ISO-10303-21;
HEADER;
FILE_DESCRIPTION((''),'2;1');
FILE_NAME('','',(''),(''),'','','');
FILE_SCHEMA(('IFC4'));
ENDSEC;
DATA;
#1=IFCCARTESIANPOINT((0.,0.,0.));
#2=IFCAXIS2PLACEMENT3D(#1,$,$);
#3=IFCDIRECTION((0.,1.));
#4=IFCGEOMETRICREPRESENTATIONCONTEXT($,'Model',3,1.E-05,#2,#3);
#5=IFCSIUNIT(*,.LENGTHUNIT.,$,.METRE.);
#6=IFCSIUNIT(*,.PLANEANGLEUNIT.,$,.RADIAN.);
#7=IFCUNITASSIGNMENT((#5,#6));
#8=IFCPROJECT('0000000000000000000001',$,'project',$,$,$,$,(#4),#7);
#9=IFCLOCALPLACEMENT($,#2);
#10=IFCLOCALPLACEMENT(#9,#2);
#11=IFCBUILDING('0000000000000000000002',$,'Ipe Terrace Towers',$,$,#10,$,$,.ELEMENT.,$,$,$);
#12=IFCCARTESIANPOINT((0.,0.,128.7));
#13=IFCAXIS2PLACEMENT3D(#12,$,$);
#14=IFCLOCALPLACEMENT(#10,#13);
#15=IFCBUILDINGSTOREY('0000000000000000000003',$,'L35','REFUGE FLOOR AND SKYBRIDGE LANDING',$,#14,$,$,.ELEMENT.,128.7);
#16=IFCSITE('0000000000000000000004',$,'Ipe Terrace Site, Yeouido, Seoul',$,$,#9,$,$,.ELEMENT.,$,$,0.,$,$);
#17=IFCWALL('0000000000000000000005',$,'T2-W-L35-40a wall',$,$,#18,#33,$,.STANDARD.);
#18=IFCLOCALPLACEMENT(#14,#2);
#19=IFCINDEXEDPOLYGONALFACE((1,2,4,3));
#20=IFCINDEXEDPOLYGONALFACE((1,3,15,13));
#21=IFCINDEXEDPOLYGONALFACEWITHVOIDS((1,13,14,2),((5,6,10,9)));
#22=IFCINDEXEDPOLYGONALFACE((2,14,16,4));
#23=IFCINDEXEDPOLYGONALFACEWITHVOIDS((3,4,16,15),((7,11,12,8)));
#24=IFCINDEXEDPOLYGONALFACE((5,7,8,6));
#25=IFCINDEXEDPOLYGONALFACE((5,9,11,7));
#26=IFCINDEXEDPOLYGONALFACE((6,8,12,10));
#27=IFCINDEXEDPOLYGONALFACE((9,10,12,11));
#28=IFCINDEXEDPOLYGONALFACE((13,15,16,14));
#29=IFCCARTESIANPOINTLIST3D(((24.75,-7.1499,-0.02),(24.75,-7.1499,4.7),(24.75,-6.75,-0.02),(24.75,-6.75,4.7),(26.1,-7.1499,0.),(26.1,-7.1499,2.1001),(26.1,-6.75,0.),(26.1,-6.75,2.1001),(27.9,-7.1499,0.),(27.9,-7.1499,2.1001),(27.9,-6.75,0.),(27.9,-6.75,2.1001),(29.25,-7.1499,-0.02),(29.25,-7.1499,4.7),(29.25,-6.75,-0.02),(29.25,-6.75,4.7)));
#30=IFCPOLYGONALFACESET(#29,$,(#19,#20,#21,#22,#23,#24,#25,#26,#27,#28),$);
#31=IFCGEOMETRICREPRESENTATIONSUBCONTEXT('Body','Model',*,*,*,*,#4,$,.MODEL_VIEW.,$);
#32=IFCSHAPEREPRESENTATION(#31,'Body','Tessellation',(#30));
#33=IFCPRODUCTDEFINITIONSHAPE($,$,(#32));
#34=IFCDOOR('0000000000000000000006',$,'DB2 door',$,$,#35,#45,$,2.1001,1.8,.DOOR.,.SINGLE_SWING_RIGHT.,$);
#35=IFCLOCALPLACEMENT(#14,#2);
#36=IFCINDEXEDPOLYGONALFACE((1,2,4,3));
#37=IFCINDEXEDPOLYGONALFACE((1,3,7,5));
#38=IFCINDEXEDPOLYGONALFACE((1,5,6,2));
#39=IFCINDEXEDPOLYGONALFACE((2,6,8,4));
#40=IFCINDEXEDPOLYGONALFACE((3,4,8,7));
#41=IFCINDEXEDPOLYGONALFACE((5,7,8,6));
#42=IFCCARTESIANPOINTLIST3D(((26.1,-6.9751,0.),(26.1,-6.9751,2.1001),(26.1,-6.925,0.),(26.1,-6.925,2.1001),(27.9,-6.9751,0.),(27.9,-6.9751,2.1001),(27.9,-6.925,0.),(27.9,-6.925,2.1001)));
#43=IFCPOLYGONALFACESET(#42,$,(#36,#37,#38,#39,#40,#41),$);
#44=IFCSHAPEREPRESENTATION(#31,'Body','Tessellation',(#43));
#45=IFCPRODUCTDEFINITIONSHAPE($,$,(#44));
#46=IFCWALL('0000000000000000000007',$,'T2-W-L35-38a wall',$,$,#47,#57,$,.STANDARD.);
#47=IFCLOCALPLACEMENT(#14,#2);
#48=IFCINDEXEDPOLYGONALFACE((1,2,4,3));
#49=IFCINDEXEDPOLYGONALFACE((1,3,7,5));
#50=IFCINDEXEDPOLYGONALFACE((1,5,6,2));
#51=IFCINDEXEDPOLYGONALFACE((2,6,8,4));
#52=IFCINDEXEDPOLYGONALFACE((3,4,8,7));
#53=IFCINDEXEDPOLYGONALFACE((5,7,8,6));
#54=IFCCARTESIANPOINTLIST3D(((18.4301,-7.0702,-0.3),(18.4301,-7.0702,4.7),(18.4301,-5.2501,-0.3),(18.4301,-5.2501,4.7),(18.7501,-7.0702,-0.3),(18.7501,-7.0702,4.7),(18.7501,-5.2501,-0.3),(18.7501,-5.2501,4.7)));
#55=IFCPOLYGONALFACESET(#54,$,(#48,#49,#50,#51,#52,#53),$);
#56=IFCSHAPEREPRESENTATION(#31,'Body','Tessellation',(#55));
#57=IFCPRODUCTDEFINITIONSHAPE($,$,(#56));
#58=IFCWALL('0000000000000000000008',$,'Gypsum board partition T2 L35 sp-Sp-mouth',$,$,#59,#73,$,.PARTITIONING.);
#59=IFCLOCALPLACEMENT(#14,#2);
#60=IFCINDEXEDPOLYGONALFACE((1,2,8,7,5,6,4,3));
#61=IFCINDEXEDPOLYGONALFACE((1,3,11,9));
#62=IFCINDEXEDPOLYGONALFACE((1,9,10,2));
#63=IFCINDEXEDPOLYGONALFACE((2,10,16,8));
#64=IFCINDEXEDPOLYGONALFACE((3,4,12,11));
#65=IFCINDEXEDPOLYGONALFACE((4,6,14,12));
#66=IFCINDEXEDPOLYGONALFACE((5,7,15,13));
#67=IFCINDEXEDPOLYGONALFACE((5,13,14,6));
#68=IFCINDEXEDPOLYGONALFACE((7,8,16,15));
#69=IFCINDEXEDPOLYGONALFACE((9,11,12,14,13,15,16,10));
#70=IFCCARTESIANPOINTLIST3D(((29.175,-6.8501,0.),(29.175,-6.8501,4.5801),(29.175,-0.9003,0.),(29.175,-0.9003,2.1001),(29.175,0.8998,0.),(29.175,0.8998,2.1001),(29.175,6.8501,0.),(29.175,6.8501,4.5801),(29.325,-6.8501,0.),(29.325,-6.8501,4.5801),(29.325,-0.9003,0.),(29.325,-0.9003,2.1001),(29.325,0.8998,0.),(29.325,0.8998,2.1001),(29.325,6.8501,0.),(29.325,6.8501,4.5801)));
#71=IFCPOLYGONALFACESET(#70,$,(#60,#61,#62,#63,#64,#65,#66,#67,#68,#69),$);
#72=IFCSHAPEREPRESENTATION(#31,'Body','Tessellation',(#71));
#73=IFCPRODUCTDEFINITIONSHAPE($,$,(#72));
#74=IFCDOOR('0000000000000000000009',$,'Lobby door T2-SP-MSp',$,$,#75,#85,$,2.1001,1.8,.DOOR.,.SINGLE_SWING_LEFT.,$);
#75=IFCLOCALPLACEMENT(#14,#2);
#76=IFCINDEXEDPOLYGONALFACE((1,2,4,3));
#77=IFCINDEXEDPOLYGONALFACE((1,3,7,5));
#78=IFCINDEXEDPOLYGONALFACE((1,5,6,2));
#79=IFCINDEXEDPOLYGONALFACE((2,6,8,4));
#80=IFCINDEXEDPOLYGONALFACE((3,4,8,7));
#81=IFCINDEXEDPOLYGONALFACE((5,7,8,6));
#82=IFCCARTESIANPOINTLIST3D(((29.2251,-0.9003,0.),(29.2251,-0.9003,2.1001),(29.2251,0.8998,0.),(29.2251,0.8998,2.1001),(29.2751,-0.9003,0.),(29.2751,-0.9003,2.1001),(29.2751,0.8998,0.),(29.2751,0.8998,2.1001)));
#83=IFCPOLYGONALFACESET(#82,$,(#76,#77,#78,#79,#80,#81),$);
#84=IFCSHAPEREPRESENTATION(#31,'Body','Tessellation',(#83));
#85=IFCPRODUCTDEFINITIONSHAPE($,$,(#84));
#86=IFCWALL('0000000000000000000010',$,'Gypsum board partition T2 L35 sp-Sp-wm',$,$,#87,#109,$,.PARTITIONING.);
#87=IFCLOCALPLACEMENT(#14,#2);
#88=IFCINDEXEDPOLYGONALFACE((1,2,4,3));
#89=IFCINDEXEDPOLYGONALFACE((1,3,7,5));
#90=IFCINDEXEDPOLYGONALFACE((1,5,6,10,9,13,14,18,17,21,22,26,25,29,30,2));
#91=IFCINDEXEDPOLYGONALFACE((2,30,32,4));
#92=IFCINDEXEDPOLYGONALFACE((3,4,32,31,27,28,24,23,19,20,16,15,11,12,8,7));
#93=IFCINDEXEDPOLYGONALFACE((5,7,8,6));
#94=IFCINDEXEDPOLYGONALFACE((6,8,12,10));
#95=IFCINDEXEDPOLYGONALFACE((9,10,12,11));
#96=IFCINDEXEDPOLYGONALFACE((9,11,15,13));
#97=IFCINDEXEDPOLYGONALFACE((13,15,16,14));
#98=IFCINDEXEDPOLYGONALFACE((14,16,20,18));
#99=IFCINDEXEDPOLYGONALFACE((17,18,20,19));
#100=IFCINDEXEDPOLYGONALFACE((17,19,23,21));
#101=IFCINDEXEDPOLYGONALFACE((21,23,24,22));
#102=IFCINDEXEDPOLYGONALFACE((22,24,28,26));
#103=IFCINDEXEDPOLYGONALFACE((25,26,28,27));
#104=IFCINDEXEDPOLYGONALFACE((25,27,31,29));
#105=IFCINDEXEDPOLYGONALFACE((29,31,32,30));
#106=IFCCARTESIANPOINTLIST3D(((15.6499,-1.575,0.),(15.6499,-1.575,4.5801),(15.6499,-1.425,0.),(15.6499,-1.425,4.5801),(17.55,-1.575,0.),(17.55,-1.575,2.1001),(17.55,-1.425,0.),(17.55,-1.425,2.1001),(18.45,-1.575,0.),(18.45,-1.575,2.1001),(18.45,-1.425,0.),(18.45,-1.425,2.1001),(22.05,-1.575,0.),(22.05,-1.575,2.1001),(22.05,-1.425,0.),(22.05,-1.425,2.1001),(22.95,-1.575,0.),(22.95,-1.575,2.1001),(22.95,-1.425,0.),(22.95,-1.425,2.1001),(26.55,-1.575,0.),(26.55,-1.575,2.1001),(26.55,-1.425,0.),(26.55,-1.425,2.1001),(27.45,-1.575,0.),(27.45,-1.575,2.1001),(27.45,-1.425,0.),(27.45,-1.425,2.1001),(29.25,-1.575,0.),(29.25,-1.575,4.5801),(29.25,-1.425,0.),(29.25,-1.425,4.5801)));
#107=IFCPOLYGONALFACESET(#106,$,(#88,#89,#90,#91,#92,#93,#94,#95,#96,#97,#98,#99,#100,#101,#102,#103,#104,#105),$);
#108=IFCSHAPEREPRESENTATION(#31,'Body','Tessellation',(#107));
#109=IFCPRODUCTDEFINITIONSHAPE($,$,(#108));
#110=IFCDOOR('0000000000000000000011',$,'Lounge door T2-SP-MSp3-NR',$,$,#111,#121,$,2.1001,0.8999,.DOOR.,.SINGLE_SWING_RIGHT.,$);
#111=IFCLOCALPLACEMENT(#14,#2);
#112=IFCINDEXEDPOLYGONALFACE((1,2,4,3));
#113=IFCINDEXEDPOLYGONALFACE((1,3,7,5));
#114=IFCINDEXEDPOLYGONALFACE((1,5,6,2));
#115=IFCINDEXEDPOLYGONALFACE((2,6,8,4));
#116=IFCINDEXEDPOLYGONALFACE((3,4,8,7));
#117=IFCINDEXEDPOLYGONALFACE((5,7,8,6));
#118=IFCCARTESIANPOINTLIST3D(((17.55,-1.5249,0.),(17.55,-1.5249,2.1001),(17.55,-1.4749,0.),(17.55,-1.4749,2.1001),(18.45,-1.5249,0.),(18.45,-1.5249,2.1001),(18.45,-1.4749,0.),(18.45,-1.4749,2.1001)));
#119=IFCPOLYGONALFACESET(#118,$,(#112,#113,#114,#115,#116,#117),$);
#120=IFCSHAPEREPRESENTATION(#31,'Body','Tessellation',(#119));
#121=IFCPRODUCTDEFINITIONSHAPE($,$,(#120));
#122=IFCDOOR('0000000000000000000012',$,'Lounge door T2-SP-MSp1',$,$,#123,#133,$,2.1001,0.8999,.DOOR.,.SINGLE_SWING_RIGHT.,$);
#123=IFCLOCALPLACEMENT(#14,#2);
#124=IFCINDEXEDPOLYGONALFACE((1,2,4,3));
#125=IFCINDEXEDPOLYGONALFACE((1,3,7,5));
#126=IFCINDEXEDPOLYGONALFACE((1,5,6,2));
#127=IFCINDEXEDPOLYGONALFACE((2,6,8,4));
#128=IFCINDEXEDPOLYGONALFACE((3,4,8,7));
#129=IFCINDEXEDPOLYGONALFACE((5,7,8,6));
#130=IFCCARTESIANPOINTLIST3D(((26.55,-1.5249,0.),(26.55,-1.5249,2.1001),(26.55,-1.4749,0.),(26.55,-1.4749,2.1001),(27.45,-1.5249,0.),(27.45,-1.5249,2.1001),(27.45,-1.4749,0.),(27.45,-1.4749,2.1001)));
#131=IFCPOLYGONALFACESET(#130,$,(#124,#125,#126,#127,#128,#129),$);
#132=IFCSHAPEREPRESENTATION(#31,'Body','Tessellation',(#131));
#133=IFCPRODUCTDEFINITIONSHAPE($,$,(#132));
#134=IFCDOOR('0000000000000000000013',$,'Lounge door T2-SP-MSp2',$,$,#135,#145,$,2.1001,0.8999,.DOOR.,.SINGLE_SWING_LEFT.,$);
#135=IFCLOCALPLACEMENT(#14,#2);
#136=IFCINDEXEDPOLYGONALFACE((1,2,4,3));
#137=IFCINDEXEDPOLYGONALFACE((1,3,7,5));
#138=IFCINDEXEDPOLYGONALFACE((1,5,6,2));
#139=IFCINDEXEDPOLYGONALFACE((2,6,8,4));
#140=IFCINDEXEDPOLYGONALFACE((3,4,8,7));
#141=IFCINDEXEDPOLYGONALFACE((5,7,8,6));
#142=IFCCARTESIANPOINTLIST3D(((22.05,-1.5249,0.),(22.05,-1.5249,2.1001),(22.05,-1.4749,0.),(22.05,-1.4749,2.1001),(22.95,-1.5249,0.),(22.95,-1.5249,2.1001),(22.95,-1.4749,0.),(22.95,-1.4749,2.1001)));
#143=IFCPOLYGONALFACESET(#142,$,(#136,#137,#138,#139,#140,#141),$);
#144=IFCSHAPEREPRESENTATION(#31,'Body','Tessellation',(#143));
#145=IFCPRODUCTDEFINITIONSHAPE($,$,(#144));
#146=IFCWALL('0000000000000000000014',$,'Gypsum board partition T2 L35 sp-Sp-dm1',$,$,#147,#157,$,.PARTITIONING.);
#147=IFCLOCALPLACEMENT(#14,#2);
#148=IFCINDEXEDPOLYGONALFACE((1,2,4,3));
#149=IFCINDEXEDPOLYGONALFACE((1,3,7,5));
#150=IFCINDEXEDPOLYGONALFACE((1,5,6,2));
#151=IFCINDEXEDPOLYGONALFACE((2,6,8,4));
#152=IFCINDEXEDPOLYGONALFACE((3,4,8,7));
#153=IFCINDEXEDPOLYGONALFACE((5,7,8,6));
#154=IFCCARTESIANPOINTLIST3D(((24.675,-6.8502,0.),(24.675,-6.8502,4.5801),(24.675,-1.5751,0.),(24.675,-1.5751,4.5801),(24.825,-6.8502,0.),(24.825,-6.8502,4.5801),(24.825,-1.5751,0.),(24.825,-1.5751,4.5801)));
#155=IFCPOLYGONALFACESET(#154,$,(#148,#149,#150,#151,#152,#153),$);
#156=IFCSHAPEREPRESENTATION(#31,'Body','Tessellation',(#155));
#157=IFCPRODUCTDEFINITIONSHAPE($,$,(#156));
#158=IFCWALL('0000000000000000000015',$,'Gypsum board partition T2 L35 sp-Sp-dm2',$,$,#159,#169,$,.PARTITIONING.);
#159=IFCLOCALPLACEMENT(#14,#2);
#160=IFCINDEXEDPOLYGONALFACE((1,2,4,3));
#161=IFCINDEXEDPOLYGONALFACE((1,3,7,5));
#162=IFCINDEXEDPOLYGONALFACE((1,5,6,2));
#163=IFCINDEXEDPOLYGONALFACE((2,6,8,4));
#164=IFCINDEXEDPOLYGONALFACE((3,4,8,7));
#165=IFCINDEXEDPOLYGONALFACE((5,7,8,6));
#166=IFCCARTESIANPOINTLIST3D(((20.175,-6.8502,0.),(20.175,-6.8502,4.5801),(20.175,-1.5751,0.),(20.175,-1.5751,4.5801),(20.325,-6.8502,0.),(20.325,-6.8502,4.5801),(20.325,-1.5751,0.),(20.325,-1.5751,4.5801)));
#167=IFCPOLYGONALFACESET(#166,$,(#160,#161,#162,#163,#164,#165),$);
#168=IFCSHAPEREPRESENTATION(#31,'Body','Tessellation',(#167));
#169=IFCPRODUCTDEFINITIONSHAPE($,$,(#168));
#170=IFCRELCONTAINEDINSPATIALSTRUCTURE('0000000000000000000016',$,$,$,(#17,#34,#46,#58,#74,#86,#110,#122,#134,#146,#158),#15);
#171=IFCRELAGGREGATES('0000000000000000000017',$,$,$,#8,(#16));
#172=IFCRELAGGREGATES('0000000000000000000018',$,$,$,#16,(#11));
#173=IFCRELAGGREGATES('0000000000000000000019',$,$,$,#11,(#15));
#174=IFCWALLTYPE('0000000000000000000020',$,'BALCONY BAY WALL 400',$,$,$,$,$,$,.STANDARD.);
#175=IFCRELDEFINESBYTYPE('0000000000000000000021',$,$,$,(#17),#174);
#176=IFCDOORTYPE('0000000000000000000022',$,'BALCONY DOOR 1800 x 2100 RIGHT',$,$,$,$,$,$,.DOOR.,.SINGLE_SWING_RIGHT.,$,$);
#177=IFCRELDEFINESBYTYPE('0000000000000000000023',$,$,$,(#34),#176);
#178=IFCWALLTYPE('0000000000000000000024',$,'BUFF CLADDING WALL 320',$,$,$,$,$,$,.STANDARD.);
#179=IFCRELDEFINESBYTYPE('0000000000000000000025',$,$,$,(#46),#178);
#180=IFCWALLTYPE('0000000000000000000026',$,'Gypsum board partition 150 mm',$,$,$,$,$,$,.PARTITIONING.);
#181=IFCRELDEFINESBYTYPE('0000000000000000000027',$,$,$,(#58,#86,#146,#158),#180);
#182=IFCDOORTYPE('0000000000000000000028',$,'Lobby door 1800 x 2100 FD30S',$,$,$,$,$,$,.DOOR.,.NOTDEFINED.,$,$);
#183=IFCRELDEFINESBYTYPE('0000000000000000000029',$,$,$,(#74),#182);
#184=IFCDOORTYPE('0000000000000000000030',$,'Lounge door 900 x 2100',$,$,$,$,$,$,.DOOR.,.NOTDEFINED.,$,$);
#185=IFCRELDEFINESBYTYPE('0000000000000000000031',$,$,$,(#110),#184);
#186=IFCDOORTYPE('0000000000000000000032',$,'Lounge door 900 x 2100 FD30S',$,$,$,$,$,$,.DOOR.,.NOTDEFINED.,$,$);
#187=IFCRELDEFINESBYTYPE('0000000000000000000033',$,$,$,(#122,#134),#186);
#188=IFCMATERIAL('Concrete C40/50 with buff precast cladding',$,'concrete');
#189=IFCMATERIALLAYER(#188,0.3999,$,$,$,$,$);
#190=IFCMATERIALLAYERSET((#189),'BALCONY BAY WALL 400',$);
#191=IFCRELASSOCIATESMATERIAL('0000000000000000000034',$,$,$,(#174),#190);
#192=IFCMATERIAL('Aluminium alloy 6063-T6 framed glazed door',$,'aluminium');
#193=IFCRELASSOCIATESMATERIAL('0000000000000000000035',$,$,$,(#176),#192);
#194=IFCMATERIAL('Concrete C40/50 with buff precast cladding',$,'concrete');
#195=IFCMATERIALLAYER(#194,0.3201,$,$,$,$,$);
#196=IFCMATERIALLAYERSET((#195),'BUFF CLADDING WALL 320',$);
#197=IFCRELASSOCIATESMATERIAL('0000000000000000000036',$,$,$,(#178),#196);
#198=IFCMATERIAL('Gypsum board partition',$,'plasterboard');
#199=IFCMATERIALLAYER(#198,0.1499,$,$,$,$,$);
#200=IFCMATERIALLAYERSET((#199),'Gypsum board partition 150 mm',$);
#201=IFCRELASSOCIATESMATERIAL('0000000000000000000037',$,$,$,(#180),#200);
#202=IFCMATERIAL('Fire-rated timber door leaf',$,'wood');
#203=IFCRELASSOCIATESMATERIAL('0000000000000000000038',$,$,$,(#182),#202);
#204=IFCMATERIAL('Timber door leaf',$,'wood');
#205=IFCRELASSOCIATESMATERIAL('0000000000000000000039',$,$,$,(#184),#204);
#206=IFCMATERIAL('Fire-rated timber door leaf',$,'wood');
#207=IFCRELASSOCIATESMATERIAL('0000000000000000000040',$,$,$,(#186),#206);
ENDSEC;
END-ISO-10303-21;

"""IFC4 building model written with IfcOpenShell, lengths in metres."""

from ifc_helpers import new_model, si_unit, direction, frame, frame_2d, origin, place, context, subcontext, project, spatial, rectangle, extrude, material, layer, layer_set, type_object, element, fill, save


model = new_model("IFC4")

# Units and contexts
model_context = context("Model", 3, precision=1e-05, world=origin(), true_north=direction((0.0, 1.0)))
body_context = subcontext(model_context, "Body", "Model", "MODEL_VIEW")
ifc_project = project(units=[si_unit("LENGTHUNIT", "METRE"), si_unit("PLANEANGLEUNIT", "RADIAN")], contexts=[model_context])

# Site, building, storey
site_placement = place(None, origin())
site = spatial("IfcSite", under=ifc_project, at=site_placement, Name="Ipe Terrace Site, Yeouido, Seoul", CompositionType="ELEMENT", RefElevation=0.0)
building_placement = place(site_placement, origin())
building = spatial("IfcBuilding", under=site, at=building_placement, Name="Ipe Terrace Towers", CompositionType="ELEMENT")
storey_placement = place(building_placement, frame((0.0, 0.0, 128.7)))
storey = spatial("IfcBuildingStorey", under=building, at=storey_placement, Name="L35", Description="REFUGE FLOOR AND SKYBRIDGE LANDING", CompositionType="ELEMENT", Elevation=128.7)

# Wall, opening, door
ifc_material_1 = material(Name="Concrete C40/50 with buff precast cladding", Category="concrete")
ifc_layer_1 = layer(ifc_material_1, 0.3999)
ifc_layer_set_1 = layer_set([ifc_layer_1], Name="BALCONY BAY WALL 400")
wall_type_1 = type_object("IfcWallType", Name="BALCONY BAY WALL 400", PredefinedType="STANDARD", material=ifc_layer_set_1)
wall_1_placement = place(storey_placement, frame((24.75, -6.95, -0.02), z_axis=(0.0, 0.0, 1.0), x_axis=(1.0, 0.0, 0.0)))
wall_1 = element("IfcWall", 1, at=wall_1_placement, inside=storey, type_object=wall_type_1, Name="T2-W-L35-40a wall", PredefinedType="STANDARD", context=body_context, shape_type="SweptSolid", body=[
    extrude(rectangle(XDim=4.5, YDim=0.3999, at=frame_2d((2.25, 0.0))), origin(), (0.0, 0.0, 1.0), 4.72),
])
opening_1_placement = place(wall_1_placement, frame((1.3501, 0.0, 0.02)))
opening_1 = element("IfcOpeningElement", 2, at=opening_1_placement, cuts=wall_1, PredefinedType="OPENING", context=body_context, shape_type="SweptSolid", body=[
    extrude(rectangle(XDim=1.8, YDim=2.1001, at=frame_2d((0.8999, 1.05))), frame((0.0, 0.21, 0.0), z_axis=(0.0, -1.0, 0.0), x_axis=(1.0, 0.0, 0.0)), (0.0, 0.0, 1.0), 0.4199),
])
ifc_material_2 = material(Name="Aluminium alloy 6063-T6 framed glazed door", Category="aluminium")
door_type_1 = type_object("IfcDoorType", Name="BALCONY DOOR 1800 x 2100 RIGHT", OperationType="SINGLE_SWING_RIGHT", PredefinedType="DOOR", material=ifc_material_2)
door_1_placement = place(opening_1_placement, origin())
door_1 = element("IfcDoor", 3, at=door_1_placement, inside=storey, type_object=door_type_1, Name="DB2 door", OperationType="SINGLE_SWING_RIGHT", OverallHeight=2.1001, OverallWidth=1.8, PredefinedType="DOOR", context=body_context, shape_type="SweptSolid", body=[
    extrude(rectangle(XDim=1.8, YDim=2.1001, at=frame_2d((0.8999, 1.05))), frame((0.0, 0.0249, 0.0), z_axis=(0.0, -1.0, 0.0), x_axis=(1.0, 0.0, 0.0)), (0.0, 0.0, 1.0), 0.05),
])
fill(opening_1, door_1)

# Wall
ifc_material_3 = material(Name="Concrete C40/50 with buff precast cladding", Category="concrete")
ifc_layer_2 = layer(ifc_material_3, 0.3201)
ifc_layer_set_2 = layer_set([ifc_layer_2], Name="BUFF CLADDING WALL 320")
wall_type_2 = type_object("IfcWallType", Name="BUFF CLADDING WALL 320", PredefinedType="STANDARD", material=ifc_layer_set_2)
wall_2_placement = place(storey_placement, frame((18.5901, -5.25, -0.3), z_axis=(0.0, 0.0, 1.0), x_axis=(0.0, -1.0, 0.0)))
element("IfcWall", 4, at=wall_2_placement, inside=storey, type_object=wall_type_2, Name="T2-W-L35-38a wall", PredefinedType="STANDARD", context=body_context, shape_type="SweptSolid", body=[
    extrude(rectangle(XDim=1.8201, YDim=0.3201, at=frame_2d((0.9102, 0.0))), origin(), (0.0, 0.0, 1.0), 5.0),
])

# Wall, opening, door
ifc_material_4 = material(Name="Gypsum board partition", Category="plasterboard")
ifc_layer_3 = layer(ifc_material_4, 0.1499)
ifc_layer_set_3 = layer_set([ifc_layer_3], Name="Gypsum board partition 150 mm")
wall_type_3 = type_object("IfcWallType", Name="Gypsum board partition 150 mm", PredefinedType="PARTITIONING", material=ifc_layer_set_3)
wall_3_placement = place(storey_placement, frame((29.25, -6.8501, 0.0), z_axis=(0.0, 0.0, 1.0), x_axis=(0.0, 1.0, 0.0)))
wall_3 = element("IfcWall", 5, at=wall_3_placement, inside=storey, type_object=wall_type_3, Name="Gypsum board partition T2 L35 sp-Sp-mouth", PredefinedType="PARTITIONING", context=body_context, shape_type="SweptSolid", body=[
    extrude(rectangle(XDim=13.7002, YDim=0.1499, at=frame_2d((6.8501, 0.0))), origin(), (0.0, 0.0, 1.0), 4.5801),
])
opening_2_placement = place(wall_3_placement, frame((5.95, 0.0, 0.0)))
opening_2 = element("IfcOpeningElement", 6, at=opening_2_placement, cuts=wall_3, PredefinedType="OPENING", context=body_context, shape_type="SweptSolid", body=[
    extrude(rectangle(XDim=1.8, YDim=2.1001, at=frame_2d((0.8999, 1.05))), frame((0.0, 0.085, 0.0), z_axis=(0.0, -1.0, 0.0), x_axis=(1.0, 0.0, 0.0)), (0.0, 0.0, 1.0), 0.1699),
])
ifc_material_5 = material(Name="Fire-rated timber door leaf", Category="wood")
door_type_2 = type_object("IfcDoorType", Name="Lobby door 1800 x 2100 FD30S", OperationType="NOTDEFINED", PredefinedType="DOOR", material=ifc_material_5)
door_2_placement = place(opening_2_placement, origin())
door_2 = element("IfcDoor", 7, at=door_2_placement, inside=storey, type_object=door_type_2, Name="Lobby door T2-SP-MSp", OperationType="SINGLE_SWING_LEFT", OverallHeight=2.1001, OverallWidth=1.8, PredefinedType="DOOR", context=body_context, shape_type="SweptSolid", body=[
    extrude(rectangle(XDim=1.8, YDim=2.1001, at=frame_2d((0.8999, 1.05))), frame((0.0, 0.0249, 0.0), z_axis=(0.0, -1.0, 0.0), x_axis=(1.0, 0.0, 0.0)), (0.0, 0.0, 1.0), 0.05),
])
fill(opening_2, door_2)

# Wall, openings, doors
wall_4_placement = place(storey_placement, frame((29.25, -1.5, 0.0), z_axis=(0.0, 0.0, 1.0), x_axis=(-1.0, 0.0, 0.0)))
wall_4 = element("IfcWall", 8, at=wall_4_placement, inside=storey, type_object=wall_type_3, Name="Gypsum board partition T2 L35 sp-Sp-wm", PredefinedType="PARTITIONING", context=body_context, shape_type="SweptSolid", body=[
    extrude(rectangle(XDim=13.6001, YDim=0.1499, at=frame_2d((6.8, 0.0))), origin(), (0.0, 0.0, 1.0), 4.5801),
])
opening_3_placement = place(wall_4_placement, frame((1.8, 0.0, 0.0)))
opening_3 = element("IfcOpeningElement", 9, at=opening_3_placement, cuts=wall_4, PredefinedType="OPENING", context=body_context, shape_type="SweptSolid", body=[
    extrude(rectangle(XDim=0.8999, YDim=2.1001, at=frame_2d((0.45, 1.05))), frame((0.0, 0.085, 0.0), z_axis=(0.0, -1.0, 0.0), x_axis=(1.0, 0.0, 0.0)), (0.0, 0.0, 1.0), 0.1699),
])
opening_4_placement = place(wall_4_placement, frame((6.3, 0.0, 0.0)))
opening_4 = element("IfcOpeningElement", 10, at=opening_4_placement, cuts=wall_4, PredefinedType="OPENING", context=body_context, shape_type="SweptSolid", body=[
    extrude(rectangle(XDim=0.8999, YDim=2.1001, at=frame_2d((0.45, 1.05))), frame((0.0, 0.085, 0.0), z_axis=(0.0, -1.0, 0.0), x_axis=(1.0, 0.0, 0.0)), (0.0, 0.0, 1.0), 0.1699),
])
opening_5_placement = place(wall_4_placement, frame((10.8, 0.0, 0.0)))
opening_5 = element("IfcOpeningElement", 11, at=opening_5_placement, cuts=wall_4, PredefinedType="OPENING", context=body_context, shape_type="SweptSolid", body=[
    extrude(rectangle(XDim=0.8999, YDim=2.1001, at=frame_2d((0.45, 1.05))), frame((0.0, 0.085, 0.0), z_axis=(0.0, -1.0, 0.0), x_axis=(1.0, 0.0, 0.0)), (0.0, 0.0, 1.0), 0.1699),
])
ifc_material_6 = material(Name="Timber door leaf", Category="wood")
door_type_3 = type_object("IfcDoorType", Name="Lounge door 900 x 2100", OperationType="NOTDEFINED", PredefinedType="DOOR", material=ifc_material_6)
door_3_placement = place(opening_5_placement, origin())
door_3 = element("IfcDoor", 12, at=door_3_placement, inside=storey, type_object=door_type_3, Name="Lounge door T2-SP-MSp3-NR", OperationType="SINGLE_SWING_RIGHT", OverallHeight=2.1001, OverallWidth=0.8999, PredefinedType="DOOR", context=body_context, shape_type="SweptSolid", body=[
    extrude(rectangle(XDim=0.8999, YDim=2.1001, at=frame_2d((0.45, 1.05))), frame((0.0, 0.0249, 0.0), z_axis=(0.0, -1.0, 0.0), x_axis=(1.0, 0.0, 0.0)), (0.0, 0.0, 1.0), 0.05),
])
fill(opening_5, door_3)
ifc_material_7 = material(Name="Fire-rated timber door leaf", Category="wood")
door_type_4 = type_object("IfcDoorType", Name="Lounge door 900 x 2100 FD30S", OperationType="NOTDEFINED", PredefinedType="DOOR", material=ifc_material_7)
door_4_placement = place(opening_3_placement, origin())
door_4 = element("IfcDoor", 13, at=door_4_placement, inside=storey, type_object=door_type_4, Name="Lounge door T2-SP-MSp1", OperationType="SINGLE_SWING_RIGHT", OverallHeight=2.1001, OverallWidth=0.8999, PredefinedType="DOOR", context=body_context, shape_type="SweptSolid", body=[
    extrude(rectangle(XDim=0.8999, YDim=2.1001, at=frame_2d((0.45, 1.05))), frame((0.0, 0.0249, 0.0), z_axis=(0.0, -1.0, 0.0), x_axis=(1.0, 0.0, 0.0)), (0.0, 0.0, 1.0), 0.05),
])
fill(opening_3, door_4)
door_5_placement = place(opening_4_placement, origin())
door_5 = element("IfcDoor", 14, at=door_5_placement, inside=storey, type_object=door_type_4, Name="Lounge door T2-SP-MSp2", OperationType="SINGLE_SWING_LEFT", OverallHeight=2.1001, OverallWidth=0.8999, PredefinedType="DOOR", context=body_context, shape_type="SweptSolid", body=[
    extrude(rectangle(XDim=0.8999, YDim=2.1001, at=frame_2d((0.45, 1.05))), frame((0.0, 0.0249, 0.0), z_axis=(0.0, -1.0, 0.0), x_axis=(1.0, 0.0, 0.0)), (0.0, 0.0, 1.0), 0.05),
])
fill(opening_4, door_5)

# Walls
for number, where, z_axis, x_axis, name in (
    (15, (24.75, -1.575, 0.0), (0.0, 0.0, 1.0), (0.0, -1.0, 0.0), "Gypsum board partition T2 L35 sp-Sp-dm1"),
    (16, (20.25, -1.575, 0.0), (0.0, 0.0, 1.0), (0.0, -1.0, 0.0), "Gypsum board partition T2 L35 sp-Sp-dm2"),
):
    element("IfcWall", number, at=place(storey_placement, frame(where, z_axis=z_axis, x_axis=x_axis)), inside=storey, type_object=wall_type_3, Name=name, PredefinedType="PARTITIONING", context=body_context, shape_type="SweptSolid", body=[
        extrude(rectangle(XDim=5.2751, YDim=0.1499, at=frame_2d((2.6377, 0.0))), origin(), (0.0, 0.0, 1.0), 4.5801),
    ])

save(model, "model.ifc")
